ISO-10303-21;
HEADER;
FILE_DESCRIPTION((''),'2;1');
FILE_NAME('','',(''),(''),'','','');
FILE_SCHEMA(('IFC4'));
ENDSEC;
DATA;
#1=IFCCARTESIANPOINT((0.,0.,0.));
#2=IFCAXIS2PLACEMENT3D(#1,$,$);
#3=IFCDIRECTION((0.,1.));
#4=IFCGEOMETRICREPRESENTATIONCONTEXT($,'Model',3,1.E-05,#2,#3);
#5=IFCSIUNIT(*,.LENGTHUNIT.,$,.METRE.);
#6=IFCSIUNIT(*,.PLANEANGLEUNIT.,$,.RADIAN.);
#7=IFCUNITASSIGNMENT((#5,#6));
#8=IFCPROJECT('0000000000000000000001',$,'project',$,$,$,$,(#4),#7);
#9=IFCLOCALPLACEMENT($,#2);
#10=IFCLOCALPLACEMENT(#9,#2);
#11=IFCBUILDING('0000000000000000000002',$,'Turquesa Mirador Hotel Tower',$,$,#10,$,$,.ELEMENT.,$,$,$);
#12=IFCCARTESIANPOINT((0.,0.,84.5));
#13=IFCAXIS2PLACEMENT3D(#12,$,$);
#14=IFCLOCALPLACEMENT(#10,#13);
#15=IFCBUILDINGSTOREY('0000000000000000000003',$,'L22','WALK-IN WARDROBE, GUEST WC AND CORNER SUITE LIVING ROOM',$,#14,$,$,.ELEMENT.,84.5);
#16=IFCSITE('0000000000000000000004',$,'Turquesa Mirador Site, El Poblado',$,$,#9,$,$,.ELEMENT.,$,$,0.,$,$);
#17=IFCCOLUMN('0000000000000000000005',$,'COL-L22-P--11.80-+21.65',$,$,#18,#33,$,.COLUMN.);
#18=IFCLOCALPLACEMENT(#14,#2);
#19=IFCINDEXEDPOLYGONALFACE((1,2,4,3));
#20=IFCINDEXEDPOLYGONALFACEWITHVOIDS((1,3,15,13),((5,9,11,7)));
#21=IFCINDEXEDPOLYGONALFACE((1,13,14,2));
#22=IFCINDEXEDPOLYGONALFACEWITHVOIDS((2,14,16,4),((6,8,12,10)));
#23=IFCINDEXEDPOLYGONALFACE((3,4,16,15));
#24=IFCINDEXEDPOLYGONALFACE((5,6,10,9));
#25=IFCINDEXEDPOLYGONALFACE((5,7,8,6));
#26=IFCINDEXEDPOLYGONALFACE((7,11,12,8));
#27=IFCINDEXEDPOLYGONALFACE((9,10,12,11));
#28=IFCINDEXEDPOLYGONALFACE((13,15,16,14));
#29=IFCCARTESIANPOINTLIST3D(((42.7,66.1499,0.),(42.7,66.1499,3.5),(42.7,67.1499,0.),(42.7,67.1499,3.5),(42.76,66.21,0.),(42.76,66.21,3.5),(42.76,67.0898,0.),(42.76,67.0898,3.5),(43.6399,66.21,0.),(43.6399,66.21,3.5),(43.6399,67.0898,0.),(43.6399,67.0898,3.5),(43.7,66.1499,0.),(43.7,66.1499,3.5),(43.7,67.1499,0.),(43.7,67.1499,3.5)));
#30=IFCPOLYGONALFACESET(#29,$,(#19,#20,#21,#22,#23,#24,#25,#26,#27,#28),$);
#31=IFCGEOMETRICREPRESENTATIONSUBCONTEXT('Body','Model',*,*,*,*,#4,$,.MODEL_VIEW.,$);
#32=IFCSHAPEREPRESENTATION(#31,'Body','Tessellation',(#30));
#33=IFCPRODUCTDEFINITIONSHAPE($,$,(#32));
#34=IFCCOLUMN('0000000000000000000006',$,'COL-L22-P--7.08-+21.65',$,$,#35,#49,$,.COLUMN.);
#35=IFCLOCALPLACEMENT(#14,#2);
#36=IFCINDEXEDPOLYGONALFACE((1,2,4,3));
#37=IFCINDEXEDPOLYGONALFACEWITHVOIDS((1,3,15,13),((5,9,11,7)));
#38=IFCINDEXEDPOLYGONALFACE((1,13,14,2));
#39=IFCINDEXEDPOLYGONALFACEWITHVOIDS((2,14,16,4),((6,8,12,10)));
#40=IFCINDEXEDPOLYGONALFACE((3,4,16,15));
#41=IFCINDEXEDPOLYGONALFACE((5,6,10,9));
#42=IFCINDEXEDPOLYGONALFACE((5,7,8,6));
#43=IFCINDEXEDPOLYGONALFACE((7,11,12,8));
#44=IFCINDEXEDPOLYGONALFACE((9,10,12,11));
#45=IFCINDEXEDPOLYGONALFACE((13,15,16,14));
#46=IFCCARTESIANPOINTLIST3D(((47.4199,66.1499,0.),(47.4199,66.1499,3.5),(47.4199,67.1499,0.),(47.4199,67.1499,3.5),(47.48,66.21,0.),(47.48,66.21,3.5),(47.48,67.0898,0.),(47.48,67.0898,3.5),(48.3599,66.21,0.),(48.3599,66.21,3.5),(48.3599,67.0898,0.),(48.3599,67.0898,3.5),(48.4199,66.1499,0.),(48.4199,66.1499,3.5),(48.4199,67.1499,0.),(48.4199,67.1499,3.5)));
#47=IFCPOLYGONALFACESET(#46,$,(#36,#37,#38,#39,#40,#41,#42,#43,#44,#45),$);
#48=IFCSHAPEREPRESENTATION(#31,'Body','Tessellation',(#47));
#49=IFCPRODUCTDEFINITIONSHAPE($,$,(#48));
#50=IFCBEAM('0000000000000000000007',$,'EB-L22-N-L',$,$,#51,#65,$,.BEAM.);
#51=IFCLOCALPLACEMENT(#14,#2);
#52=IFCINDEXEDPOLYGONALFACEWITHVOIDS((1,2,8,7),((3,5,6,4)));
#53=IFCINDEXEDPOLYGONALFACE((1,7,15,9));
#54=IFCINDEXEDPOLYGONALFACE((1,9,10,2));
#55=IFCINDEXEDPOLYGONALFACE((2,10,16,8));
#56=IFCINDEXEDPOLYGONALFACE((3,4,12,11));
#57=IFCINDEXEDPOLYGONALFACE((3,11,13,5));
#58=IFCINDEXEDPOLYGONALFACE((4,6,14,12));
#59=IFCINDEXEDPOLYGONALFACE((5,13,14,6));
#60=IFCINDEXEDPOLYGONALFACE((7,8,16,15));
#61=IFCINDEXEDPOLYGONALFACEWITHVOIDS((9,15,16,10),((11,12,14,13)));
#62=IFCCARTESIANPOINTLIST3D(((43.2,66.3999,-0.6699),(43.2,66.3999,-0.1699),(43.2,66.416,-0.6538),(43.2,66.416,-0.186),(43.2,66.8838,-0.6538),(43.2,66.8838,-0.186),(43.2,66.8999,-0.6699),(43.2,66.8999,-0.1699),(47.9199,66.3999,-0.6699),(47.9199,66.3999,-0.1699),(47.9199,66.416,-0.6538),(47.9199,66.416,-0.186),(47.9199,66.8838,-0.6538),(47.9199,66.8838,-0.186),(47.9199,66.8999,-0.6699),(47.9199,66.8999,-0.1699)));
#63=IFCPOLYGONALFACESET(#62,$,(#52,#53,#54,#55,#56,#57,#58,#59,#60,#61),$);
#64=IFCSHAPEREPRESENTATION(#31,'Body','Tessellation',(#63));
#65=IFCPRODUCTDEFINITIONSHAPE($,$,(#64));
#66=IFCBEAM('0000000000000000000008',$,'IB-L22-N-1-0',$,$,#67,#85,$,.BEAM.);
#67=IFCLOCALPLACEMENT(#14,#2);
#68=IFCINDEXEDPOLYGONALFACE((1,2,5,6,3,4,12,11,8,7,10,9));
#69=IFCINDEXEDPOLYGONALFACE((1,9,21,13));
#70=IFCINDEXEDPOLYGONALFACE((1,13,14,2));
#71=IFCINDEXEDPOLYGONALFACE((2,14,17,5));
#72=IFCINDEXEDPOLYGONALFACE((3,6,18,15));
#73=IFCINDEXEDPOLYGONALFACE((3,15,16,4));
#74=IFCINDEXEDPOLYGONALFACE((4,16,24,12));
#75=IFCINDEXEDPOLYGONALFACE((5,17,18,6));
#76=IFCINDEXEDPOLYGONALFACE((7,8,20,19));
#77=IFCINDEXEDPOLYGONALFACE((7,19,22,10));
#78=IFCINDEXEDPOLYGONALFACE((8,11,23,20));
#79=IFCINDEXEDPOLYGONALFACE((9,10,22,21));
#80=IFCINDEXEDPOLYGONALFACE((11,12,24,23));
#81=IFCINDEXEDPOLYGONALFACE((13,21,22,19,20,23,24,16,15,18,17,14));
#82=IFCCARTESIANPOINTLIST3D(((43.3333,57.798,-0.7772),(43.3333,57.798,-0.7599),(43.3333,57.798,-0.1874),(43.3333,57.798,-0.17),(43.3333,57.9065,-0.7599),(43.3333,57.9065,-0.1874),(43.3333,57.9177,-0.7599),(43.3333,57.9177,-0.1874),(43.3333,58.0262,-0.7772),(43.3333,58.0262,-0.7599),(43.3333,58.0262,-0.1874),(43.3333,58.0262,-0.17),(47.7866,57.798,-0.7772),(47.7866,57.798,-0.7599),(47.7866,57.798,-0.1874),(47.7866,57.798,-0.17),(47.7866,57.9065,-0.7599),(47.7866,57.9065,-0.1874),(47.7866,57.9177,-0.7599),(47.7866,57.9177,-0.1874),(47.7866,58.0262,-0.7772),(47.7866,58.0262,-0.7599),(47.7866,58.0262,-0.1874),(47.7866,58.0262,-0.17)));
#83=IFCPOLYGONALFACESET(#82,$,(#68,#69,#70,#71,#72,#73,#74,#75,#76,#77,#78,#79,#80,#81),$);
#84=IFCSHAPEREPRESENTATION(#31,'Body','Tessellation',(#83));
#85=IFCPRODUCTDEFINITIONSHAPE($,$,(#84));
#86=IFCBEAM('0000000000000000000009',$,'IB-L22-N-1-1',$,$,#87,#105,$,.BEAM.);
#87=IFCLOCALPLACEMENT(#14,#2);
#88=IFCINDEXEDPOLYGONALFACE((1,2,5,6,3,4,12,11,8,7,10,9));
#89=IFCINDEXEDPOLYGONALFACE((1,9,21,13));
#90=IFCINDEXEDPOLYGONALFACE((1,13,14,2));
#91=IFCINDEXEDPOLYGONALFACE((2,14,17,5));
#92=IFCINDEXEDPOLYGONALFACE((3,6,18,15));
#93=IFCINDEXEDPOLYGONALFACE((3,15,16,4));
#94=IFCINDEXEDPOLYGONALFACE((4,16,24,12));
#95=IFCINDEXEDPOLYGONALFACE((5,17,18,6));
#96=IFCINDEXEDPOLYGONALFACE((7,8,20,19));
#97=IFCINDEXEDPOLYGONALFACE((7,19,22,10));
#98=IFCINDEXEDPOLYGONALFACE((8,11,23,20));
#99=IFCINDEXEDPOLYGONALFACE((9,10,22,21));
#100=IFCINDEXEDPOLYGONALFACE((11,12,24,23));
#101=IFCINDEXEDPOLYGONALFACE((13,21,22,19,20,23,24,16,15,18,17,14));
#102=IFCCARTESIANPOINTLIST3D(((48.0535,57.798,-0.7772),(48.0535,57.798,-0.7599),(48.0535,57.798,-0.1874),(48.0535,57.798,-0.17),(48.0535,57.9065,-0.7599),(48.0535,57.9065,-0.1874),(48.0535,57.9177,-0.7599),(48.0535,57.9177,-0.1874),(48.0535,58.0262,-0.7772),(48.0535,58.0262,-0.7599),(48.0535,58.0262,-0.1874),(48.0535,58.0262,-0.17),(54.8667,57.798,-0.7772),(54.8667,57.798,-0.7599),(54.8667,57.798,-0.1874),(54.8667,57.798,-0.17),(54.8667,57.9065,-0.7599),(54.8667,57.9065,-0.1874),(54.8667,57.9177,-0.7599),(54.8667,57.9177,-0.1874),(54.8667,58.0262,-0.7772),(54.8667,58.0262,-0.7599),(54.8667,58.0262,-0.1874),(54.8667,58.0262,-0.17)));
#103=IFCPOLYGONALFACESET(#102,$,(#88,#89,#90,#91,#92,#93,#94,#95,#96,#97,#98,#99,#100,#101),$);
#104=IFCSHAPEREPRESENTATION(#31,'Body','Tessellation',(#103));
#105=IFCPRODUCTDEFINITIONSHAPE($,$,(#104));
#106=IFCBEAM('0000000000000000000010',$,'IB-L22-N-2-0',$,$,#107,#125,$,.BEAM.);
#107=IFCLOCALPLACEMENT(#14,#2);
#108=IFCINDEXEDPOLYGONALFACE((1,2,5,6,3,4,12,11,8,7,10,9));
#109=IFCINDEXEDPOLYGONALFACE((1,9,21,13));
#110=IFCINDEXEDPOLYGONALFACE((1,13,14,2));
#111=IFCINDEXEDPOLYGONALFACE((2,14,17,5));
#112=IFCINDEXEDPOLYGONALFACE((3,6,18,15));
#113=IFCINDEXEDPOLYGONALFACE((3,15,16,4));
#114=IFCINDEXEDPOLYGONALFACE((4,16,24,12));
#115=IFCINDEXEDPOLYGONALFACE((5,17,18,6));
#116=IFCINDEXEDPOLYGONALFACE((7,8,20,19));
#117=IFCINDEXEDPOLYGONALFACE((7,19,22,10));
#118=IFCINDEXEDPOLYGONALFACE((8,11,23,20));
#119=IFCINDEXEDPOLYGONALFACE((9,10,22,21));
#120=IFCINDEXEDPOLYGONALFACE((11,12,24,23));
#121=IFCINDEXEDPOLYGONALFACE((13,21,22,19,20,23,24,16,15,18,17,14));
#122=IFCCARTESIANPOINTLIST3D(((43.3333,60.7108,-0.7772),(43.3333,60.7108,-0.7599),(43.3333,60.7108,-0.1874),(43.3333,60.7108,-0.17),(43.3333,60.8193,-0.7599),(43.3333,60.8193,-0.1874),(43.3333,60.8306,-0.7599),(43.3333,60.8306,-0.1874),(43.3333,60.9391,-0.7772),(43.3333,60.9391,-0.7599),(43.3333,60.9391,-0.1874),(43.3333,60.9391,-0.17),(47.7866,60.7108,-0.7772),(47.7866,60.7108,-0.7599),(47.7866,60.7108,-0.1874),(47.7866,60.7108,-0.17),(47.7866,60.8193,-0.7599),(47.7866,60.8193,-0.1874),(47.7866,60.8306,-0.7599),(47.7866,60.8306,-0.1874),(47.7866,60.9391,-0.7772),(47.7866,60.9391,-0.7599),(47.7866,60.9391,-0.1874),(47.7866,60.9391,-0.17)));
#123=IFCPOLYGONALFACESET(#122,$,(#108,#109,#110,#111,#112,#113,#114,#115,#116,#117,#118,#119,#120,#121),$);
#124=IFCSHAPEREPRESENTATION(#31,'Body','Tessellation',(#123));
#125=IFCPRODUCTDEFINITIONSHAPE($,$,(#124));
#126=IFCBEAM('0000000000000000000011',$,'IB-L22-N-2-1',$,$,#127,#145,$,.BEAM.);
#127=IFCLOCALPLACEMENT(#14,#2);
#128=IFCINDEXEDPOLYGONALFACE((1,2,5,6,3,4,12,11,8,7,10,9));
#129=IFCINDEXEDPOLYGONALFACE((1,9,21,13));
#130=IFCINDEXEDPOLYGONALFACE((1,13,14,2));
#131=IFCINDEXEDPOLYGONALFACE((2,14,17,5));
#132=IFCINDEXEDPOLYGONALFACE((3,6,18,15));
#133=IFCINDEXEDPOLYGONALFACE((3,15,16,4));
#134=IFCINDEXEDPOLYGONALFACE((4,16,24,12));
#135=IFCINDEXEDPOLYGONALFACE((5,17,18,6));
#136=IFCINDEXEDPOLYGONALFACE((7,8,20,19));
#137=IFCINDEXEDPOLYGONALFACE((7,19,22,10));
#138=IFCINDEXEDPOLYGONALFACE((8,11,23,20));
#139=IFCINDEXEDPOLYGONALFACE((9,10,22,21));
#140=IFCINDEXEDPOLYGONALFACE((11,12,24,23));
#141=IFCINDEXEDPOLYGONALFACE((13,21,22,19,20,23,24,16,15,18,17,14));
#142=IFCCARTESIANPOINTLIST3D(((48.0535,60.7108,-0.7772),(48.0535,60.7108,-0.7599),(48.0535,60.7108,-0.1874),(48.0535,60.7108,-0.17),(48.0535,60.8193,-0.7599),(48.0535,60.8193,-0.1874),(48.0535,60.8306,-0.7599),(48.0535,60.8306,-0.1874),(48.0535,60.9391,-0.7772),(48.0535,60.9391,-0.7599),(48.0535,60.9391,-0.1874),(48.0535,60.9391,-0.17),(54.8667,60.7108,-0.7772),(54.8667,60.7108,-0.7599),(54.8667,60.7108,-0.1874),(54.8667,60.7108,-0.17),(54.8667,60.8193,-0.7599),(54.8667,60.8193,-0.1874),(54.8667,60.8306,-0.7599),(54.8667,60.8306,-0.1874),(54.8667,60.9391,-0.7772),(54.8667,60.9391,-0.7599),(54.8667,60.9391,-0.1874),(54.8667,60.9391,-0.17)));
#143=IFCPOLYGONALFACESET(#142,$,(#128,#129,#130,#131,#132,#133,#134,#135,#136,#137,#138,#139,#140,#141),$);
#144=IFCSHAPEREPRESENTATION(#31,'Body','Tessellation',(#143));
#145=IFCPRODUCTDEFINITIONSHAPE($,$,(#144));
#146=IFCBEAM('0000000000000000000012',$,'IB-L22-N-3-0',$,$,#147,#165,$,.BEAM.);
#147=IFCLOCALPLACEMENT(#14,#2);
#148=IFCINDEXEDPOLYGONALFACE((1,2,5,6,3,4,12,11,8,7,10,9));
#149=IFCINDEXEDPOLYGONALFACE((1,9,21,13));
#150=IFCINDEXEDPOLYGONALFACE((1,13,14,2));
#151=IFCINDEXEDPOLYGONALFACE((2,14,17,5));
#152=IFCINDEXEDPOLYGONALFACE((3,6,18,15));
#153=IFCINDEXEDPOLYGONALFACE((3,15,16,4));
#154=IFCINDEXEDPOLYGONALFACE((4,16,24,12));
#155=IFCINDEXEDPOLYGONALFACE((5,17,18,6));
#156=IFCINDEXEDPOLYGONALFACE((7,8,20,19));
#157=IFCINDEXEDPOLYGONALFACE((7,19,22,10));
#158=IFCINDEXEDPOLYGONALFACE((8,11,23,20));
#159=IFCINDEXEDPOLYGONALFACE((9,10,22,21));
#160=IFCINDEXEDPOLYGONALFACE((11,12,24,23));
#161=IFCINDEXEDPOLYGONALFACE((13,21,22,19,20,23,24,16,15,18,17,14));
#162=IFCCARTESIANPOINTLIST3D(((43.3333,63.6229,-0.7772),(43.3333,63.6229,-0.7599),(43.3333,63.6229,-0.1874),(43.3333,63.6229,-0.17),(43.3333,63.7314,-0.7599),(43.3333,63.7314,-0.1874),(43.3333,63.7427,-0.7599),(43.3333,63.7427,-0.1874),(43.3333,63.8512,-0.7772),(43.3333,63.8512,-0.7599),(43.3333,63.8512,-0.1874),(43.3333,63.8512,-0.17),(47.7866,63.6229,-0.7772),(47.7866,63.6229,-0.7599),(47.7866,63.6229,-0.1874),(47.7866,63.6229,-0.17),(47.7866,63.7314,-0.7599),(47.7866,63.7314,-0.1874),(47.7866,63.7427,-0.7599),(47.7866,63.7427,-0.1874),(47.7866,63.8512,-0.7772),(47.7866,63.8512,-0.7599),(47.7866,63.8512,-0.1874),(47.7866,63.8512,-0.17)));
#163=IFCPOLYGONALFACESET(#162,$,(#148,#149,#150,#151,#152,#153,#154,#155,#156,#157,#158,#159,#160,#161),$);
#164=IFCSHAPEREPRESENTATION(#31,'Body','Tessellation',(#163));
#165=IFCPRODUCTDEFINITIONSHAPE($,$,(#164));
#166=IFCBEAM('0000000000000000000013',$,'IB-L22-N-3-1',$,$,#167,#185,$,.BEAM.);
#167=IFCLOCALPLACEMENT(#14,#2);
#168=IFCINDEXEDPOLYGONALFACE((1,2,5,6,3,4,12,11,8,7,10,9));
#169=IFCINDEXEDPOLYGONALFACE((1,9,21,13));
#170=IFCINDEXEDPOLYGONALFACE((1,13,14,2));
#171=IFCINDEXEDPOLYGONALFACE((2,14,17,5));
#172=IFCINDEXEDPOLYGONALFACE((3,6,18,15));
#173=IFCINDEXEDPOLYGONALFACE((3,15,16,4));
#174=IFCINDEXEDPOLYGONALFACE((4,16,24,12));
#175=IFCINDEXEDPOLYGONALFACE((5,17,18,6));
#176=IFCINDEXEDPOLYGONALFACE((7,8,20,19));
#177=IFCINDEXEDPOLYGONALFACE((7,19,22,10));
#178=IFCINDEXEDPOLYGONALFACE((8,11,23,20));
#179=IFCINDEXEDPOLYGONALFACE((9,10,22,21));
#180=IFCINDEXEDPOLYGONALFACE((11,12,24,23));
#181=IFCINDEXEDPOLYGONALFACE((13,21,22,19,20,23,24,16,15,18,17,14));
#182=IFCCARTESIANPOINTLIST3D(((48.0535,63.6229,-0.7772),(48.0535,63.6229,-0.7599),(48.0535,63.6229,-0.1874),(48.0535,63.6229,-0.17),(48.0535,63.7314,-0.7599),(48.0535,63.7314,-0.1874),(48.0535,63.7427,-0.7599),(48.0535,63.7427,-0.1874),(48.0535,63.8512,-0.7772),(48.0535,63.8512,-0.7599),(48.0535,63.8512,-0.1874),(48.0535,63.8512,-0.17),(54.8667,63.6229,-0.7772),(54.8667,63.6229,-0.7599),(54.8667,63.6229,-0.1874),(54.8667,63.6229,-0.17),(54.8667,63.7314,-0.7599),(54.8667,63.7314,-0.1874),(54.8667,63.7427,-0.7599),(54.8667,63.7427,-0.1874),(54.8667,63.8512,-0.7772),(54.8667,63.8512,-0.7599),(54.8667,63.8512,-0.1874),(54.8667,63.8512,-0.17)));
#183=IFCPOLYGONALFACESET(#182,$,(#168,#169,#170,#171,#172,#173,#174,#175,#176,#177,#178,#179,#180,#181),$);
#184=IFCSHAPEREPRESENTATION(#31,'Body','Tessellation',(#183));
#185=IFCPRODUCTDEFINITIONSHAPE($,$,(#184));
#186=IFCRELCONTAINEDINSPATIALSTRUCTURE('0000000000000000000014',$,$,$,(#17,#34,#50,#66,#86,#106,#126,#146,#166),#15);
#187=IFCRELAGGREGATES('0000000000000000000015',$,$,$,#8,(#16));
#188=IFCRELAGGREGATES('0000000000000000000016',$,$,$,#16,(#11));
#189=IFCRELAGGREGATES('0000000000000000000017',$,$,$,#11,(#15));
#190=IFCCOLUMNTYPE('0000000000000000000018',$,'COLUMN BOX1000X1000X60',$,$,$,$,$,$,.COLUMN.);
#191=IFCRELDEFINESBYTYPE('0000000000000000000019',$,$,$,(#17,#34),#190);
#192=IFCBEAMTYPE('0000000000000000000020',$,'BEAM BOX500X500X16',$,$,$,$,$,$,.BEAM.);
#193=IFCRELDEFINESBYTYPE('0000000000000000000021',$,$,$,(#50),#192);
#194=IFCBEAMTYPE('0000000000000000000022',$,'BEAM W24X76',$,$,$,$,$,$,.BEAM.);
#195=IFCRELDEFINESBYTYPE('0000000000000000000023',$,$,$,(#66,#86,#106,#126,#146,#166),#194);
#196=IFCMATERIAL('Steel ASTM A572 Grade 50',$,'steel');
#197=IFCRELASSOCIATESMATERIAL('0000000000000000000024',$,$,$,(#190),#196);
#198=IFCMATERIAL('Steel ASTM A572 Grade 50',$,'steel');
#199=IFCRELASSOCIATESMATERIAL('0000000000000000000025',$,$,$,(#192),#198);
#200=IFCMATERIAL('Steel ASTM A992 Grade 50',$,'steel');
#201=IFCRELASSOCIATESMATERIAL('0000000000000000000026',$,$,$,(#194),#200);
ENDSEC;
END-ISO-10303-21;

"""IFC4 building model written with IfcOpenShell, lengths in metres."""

from ifc_helpers import new_model, si_unit, direction, frame, origin, origin_2d, place, context, subcontext, project, spatial, hollow_rectangle, i_section, extrude, material, material_profile, profile_set, type_object, element, save


model = new_model("IFC4")

# Units and contexts
model_context = context("Model", 3, precision=1e-05, world=origin(), true_north=direction((0.0, 1.0)))
body_context = subcontext(model_context, "Body", "Model", "MODEL_VIEW")
ifc_project = project(units=[si_unit("LENGTHUNIT", "METRE"), si_unit("PLANEANGLEUNIT", "RADIAN")], contexts=[model_context])

# Site, building, storey
site_placement = place(None, origin())
site = spatial("IfcSite", under=ifc_project, at=site_placement, Name="Turquesa Mirador Site, El Poblado", CompositionType="ELEMENT", RefElevation=0.0)
building_placement = place(site_placement, origin())
building = spatial("IfcBuilding", under=site, at=building_placement, Name="Turquesa Mirador Hotel Tower", CompositionType="ELEMENT")
storey_placement = place(building_placement, frame((0.0, 0.0, 84.5)))
storey = spatial("IfcBuildingStorey", under=building, at=storey_placement, Name="L22", Description="WALK-IN WARDROBE, GUEST WC AND CORNER SUITE LIVING ROOM", CompositionType="ELEMENT", Elevation=84.5)

# Columns
ifc_material_1 = material(Name="Steel ASTM A572 Grade 50", Category="steel")
ifc_material_profile_1 = material_profile(ifc_material_1, hollow_rectangle(XDim=1.0, YDim=1.0, WallThickness=0.0601, at=origin_2d()), Name="BOX1000X1000X60")
ifc_profile_set_1 = profile_set([ifc_material_profile_1], Name="Steel ASTM A572 Grade 50")
column_type = type_object("IfcColumnType", Name="COLUMN BOX1000X1000X60", PredefinedType="COLUMN", material=ifc_profile_set_1)
for number, where, z_axis, x_axis, name in (
    (1, (43.2, 66.6499, 0.0), (0.0, 0.0, 1.0), (1.0, 0.0, 0.0), "COL-L22-P--11.80-+21.65"),
    (2, (47.9199, 66.6499, 0.0), (0.0, 0.0, 1.0), (1.0, 0.0, 0.0), "COL-L22-P--7.08-+21.65"),
):
    element("IfcColumn", number, at=place(storey_placement, frame(where, z_axis=z_axis, x_axis=x_axis)), inside=storey, type_object=column_type, Name=name, PredefinedType="COLUMN", context=body_context, shape_type="SweptSolid", body=[
        extrude(hollow_rectangle(XDim=1.0, YDim=1.0, WallThickness=0.0601, at=origin_2d()), origin(), (0.0, 0.0, 1.0), 3.5),
    ])

# Beams
ifc_material_2 = material(Name="Steel ASTM A572 Grade 50", Category="steel")
ifc_material_profile_2 = material_profile(ifc_material_2, hollow_rectangle(XDim=0.5, YDim=0.5, WallThickness=0.0161, at=origin_2d()), Name="BOX500X500X16")
ifc_profile_set_2 = profile_set([ifc_material_profile_2], Name="Steel ASTM A572 Grade 50")
beam_type_1 = type_object("IfcBeamType", Name="BEAM BOX500X500X16", PredefinedType="BEAM", material=ifc_profile_set_2)
beam_1_placement = place(storey_placement, frame((43.2, 66.6499, -0.4199), z_axis=(1.0, 0.0, 0.0), x_axis=(0.0, 1.0, 0.0)))
element("IfcBeam", 3, at=beam_1_placement, inside=storey, type_object=beam_type_1, Name="EB-L22-N-L", PredefinedType="BEAM", context=body_context, shape_type="SweptSolid", body=[
    extrude(hollow_rectangle(XDim=0.5, YDim=0.5, WallThickness=0.0161, at=origin_2d()), origin(), (0.0, 0.0, 1.0), 4.72),
])
ifc_material_3 = material(Name="Steel ASTM A992 Grade 50", Category="steel")
ifc_material_profile_3 = material_profile(ifc_material_3, i_section(OverallWidth=0.2283, OverallDepth=0.6072, WebThickness=0.0112, FlangeThickness=0.0173, at=origin_2d()), Name="W24X76")
ifc_profile_set_3 = profile_set([ifc_material_profile_3], Name="Steel ASTM A992 Grade 50")
beam_type_2 = type_object("IfcBeamType", Name="BEAM W24X76", PredefinedType="BEAM", material=ifc_profile_set_3)
beam_2_placement = place(storey_placement, frame((43.3333, 57.9121, -0.4736), z_axis=(1.0, 0.0, 0.0), x_axis=(0.0, 1.0, 0.0)))
element("IfcBeam", 4, at=beam_2_placement, inside=storey, type_object=beam_type_2, Name="IB-L22-N-1-0", PredefinedType="BEAM", context=body_context, shape_type="SweptSolid", body=[
    extrude(i_section(OverallWidth=0.2283, OverallDepth=0.6072, WebThickness=0.0112, FlangeThickness=0.0173, at=origin_2d()), origin(), (0.0, 0.0, 1.0), 4.4534),
])
beam_3_placement = place(storey_placement, frame((48.0535, 57.9121, -0.4736), z_axis=(1.0, 0.0, 0.0), x_axis=(0.0, 1.0, 0.0)))
element("IfcBeam", 5, at=beam_3_placement, inside=storey, type_object=beam_type_2, Name="IB-L22-N-1-1", PredefinedType="BEAM", context=body_context, shape_type="SweptSolid", body=[
    extrude(i_section(OverallWidth=0.2283, OverallDepth=0.6072, WebThickness=0.0112, FlangeThickness=0.0173, at=origin_2d()), origin(), (0.0, 0.0, 1.0), 6.8132),
])
beam_4_placement = place(storey_placement, frame((43.3333, 60.825, -0.4736), z_axis=(1.0, 0.0, 0.0), x_axis=(0.0, 1.0, 0.0)))
element("IfcBeam", 6, at=beam_4_placement, inside=storey, type_object=beam_type_2, Name="IB-L22-N-2-0", PredefinedType="BEAM", context=body_context, shape_type="SweptSolid", body=[
    extrude(i_section(OverallWidth=0.2283, OverallDepth=0.6072, WebThickness=0.0112, FlangeThickness=0.0173, at=origin_2d()), origin(), (0.0, 0.0, 1.0), 4.4534),
])
beam_5_placement = place(storey_placement, frame((48.0535, 60.825, -0.4736), z_axis=(1.0, 0.0, 0.0), x_axis=(0.0, 1.0, 0.0)))
element("IfcBeam", 7, at=beam_5_placement, inside=storey, type_object=beam_type_2, Name="IB-L22-N-2-1", PredefinedType="BEAM", context=body_context, shape_type="SweptSolid", body=[
    extrude(i_section(OverallWidth=0.2283, OverallDepth=0.6072, WebThickness=0.0112, FlangeThickness=0.0173, at=origin_2d()), origin(), (0.0, 0.0, 1.0), 6.8132),
])
beam_6_placement = place(storey_placement, frame((43.3333, 63.7371, -0.4736), z_axis=(1.0, 0.0, 0.0), x_axis=(0.0, 1.0, 0.0)))
element("IfcBeam", 8, at=beam_6_placement, inside=storey, type_object=beam_type_2, Name="IB-L22-N-3-0", PredefinedType="BEAM", context=body_context, shape_type="SweptSolid", body=[
    extrude(i_section(OverallWidth=0.2283, OverallDepth=0.6072, WebThickness=0.0112, FlangeThickness=0.0173, at=origin_2d()), origin(), (0.0, 0.0, 1.0), 4.4534),
])
beam_7_placement = place(storey_placement, frame((48.0535, 63.7371, -0.4736), z_axis=(1.0, 0.0, 0.0), x_axis=(0.0, 1.0, 0.0)))
element("IfcBeam", 9, at=beam_7_placement, inside=storey, type_object=beam_type_2, Name="IB-L22-N-3-1", PredefinedType="BEAM", context=body_context, shape_type="SweptSolid", body=[
    extrude(i_section(OverallWidth=0.2283, OverallDepth=0.6072, WebThickness=0.0112, FlangeThickness=0.0173, at=origin_2d()), origin(), (0.0, 0.0, 1.0), 6.8132),
])

save(model, "model.ifc")
